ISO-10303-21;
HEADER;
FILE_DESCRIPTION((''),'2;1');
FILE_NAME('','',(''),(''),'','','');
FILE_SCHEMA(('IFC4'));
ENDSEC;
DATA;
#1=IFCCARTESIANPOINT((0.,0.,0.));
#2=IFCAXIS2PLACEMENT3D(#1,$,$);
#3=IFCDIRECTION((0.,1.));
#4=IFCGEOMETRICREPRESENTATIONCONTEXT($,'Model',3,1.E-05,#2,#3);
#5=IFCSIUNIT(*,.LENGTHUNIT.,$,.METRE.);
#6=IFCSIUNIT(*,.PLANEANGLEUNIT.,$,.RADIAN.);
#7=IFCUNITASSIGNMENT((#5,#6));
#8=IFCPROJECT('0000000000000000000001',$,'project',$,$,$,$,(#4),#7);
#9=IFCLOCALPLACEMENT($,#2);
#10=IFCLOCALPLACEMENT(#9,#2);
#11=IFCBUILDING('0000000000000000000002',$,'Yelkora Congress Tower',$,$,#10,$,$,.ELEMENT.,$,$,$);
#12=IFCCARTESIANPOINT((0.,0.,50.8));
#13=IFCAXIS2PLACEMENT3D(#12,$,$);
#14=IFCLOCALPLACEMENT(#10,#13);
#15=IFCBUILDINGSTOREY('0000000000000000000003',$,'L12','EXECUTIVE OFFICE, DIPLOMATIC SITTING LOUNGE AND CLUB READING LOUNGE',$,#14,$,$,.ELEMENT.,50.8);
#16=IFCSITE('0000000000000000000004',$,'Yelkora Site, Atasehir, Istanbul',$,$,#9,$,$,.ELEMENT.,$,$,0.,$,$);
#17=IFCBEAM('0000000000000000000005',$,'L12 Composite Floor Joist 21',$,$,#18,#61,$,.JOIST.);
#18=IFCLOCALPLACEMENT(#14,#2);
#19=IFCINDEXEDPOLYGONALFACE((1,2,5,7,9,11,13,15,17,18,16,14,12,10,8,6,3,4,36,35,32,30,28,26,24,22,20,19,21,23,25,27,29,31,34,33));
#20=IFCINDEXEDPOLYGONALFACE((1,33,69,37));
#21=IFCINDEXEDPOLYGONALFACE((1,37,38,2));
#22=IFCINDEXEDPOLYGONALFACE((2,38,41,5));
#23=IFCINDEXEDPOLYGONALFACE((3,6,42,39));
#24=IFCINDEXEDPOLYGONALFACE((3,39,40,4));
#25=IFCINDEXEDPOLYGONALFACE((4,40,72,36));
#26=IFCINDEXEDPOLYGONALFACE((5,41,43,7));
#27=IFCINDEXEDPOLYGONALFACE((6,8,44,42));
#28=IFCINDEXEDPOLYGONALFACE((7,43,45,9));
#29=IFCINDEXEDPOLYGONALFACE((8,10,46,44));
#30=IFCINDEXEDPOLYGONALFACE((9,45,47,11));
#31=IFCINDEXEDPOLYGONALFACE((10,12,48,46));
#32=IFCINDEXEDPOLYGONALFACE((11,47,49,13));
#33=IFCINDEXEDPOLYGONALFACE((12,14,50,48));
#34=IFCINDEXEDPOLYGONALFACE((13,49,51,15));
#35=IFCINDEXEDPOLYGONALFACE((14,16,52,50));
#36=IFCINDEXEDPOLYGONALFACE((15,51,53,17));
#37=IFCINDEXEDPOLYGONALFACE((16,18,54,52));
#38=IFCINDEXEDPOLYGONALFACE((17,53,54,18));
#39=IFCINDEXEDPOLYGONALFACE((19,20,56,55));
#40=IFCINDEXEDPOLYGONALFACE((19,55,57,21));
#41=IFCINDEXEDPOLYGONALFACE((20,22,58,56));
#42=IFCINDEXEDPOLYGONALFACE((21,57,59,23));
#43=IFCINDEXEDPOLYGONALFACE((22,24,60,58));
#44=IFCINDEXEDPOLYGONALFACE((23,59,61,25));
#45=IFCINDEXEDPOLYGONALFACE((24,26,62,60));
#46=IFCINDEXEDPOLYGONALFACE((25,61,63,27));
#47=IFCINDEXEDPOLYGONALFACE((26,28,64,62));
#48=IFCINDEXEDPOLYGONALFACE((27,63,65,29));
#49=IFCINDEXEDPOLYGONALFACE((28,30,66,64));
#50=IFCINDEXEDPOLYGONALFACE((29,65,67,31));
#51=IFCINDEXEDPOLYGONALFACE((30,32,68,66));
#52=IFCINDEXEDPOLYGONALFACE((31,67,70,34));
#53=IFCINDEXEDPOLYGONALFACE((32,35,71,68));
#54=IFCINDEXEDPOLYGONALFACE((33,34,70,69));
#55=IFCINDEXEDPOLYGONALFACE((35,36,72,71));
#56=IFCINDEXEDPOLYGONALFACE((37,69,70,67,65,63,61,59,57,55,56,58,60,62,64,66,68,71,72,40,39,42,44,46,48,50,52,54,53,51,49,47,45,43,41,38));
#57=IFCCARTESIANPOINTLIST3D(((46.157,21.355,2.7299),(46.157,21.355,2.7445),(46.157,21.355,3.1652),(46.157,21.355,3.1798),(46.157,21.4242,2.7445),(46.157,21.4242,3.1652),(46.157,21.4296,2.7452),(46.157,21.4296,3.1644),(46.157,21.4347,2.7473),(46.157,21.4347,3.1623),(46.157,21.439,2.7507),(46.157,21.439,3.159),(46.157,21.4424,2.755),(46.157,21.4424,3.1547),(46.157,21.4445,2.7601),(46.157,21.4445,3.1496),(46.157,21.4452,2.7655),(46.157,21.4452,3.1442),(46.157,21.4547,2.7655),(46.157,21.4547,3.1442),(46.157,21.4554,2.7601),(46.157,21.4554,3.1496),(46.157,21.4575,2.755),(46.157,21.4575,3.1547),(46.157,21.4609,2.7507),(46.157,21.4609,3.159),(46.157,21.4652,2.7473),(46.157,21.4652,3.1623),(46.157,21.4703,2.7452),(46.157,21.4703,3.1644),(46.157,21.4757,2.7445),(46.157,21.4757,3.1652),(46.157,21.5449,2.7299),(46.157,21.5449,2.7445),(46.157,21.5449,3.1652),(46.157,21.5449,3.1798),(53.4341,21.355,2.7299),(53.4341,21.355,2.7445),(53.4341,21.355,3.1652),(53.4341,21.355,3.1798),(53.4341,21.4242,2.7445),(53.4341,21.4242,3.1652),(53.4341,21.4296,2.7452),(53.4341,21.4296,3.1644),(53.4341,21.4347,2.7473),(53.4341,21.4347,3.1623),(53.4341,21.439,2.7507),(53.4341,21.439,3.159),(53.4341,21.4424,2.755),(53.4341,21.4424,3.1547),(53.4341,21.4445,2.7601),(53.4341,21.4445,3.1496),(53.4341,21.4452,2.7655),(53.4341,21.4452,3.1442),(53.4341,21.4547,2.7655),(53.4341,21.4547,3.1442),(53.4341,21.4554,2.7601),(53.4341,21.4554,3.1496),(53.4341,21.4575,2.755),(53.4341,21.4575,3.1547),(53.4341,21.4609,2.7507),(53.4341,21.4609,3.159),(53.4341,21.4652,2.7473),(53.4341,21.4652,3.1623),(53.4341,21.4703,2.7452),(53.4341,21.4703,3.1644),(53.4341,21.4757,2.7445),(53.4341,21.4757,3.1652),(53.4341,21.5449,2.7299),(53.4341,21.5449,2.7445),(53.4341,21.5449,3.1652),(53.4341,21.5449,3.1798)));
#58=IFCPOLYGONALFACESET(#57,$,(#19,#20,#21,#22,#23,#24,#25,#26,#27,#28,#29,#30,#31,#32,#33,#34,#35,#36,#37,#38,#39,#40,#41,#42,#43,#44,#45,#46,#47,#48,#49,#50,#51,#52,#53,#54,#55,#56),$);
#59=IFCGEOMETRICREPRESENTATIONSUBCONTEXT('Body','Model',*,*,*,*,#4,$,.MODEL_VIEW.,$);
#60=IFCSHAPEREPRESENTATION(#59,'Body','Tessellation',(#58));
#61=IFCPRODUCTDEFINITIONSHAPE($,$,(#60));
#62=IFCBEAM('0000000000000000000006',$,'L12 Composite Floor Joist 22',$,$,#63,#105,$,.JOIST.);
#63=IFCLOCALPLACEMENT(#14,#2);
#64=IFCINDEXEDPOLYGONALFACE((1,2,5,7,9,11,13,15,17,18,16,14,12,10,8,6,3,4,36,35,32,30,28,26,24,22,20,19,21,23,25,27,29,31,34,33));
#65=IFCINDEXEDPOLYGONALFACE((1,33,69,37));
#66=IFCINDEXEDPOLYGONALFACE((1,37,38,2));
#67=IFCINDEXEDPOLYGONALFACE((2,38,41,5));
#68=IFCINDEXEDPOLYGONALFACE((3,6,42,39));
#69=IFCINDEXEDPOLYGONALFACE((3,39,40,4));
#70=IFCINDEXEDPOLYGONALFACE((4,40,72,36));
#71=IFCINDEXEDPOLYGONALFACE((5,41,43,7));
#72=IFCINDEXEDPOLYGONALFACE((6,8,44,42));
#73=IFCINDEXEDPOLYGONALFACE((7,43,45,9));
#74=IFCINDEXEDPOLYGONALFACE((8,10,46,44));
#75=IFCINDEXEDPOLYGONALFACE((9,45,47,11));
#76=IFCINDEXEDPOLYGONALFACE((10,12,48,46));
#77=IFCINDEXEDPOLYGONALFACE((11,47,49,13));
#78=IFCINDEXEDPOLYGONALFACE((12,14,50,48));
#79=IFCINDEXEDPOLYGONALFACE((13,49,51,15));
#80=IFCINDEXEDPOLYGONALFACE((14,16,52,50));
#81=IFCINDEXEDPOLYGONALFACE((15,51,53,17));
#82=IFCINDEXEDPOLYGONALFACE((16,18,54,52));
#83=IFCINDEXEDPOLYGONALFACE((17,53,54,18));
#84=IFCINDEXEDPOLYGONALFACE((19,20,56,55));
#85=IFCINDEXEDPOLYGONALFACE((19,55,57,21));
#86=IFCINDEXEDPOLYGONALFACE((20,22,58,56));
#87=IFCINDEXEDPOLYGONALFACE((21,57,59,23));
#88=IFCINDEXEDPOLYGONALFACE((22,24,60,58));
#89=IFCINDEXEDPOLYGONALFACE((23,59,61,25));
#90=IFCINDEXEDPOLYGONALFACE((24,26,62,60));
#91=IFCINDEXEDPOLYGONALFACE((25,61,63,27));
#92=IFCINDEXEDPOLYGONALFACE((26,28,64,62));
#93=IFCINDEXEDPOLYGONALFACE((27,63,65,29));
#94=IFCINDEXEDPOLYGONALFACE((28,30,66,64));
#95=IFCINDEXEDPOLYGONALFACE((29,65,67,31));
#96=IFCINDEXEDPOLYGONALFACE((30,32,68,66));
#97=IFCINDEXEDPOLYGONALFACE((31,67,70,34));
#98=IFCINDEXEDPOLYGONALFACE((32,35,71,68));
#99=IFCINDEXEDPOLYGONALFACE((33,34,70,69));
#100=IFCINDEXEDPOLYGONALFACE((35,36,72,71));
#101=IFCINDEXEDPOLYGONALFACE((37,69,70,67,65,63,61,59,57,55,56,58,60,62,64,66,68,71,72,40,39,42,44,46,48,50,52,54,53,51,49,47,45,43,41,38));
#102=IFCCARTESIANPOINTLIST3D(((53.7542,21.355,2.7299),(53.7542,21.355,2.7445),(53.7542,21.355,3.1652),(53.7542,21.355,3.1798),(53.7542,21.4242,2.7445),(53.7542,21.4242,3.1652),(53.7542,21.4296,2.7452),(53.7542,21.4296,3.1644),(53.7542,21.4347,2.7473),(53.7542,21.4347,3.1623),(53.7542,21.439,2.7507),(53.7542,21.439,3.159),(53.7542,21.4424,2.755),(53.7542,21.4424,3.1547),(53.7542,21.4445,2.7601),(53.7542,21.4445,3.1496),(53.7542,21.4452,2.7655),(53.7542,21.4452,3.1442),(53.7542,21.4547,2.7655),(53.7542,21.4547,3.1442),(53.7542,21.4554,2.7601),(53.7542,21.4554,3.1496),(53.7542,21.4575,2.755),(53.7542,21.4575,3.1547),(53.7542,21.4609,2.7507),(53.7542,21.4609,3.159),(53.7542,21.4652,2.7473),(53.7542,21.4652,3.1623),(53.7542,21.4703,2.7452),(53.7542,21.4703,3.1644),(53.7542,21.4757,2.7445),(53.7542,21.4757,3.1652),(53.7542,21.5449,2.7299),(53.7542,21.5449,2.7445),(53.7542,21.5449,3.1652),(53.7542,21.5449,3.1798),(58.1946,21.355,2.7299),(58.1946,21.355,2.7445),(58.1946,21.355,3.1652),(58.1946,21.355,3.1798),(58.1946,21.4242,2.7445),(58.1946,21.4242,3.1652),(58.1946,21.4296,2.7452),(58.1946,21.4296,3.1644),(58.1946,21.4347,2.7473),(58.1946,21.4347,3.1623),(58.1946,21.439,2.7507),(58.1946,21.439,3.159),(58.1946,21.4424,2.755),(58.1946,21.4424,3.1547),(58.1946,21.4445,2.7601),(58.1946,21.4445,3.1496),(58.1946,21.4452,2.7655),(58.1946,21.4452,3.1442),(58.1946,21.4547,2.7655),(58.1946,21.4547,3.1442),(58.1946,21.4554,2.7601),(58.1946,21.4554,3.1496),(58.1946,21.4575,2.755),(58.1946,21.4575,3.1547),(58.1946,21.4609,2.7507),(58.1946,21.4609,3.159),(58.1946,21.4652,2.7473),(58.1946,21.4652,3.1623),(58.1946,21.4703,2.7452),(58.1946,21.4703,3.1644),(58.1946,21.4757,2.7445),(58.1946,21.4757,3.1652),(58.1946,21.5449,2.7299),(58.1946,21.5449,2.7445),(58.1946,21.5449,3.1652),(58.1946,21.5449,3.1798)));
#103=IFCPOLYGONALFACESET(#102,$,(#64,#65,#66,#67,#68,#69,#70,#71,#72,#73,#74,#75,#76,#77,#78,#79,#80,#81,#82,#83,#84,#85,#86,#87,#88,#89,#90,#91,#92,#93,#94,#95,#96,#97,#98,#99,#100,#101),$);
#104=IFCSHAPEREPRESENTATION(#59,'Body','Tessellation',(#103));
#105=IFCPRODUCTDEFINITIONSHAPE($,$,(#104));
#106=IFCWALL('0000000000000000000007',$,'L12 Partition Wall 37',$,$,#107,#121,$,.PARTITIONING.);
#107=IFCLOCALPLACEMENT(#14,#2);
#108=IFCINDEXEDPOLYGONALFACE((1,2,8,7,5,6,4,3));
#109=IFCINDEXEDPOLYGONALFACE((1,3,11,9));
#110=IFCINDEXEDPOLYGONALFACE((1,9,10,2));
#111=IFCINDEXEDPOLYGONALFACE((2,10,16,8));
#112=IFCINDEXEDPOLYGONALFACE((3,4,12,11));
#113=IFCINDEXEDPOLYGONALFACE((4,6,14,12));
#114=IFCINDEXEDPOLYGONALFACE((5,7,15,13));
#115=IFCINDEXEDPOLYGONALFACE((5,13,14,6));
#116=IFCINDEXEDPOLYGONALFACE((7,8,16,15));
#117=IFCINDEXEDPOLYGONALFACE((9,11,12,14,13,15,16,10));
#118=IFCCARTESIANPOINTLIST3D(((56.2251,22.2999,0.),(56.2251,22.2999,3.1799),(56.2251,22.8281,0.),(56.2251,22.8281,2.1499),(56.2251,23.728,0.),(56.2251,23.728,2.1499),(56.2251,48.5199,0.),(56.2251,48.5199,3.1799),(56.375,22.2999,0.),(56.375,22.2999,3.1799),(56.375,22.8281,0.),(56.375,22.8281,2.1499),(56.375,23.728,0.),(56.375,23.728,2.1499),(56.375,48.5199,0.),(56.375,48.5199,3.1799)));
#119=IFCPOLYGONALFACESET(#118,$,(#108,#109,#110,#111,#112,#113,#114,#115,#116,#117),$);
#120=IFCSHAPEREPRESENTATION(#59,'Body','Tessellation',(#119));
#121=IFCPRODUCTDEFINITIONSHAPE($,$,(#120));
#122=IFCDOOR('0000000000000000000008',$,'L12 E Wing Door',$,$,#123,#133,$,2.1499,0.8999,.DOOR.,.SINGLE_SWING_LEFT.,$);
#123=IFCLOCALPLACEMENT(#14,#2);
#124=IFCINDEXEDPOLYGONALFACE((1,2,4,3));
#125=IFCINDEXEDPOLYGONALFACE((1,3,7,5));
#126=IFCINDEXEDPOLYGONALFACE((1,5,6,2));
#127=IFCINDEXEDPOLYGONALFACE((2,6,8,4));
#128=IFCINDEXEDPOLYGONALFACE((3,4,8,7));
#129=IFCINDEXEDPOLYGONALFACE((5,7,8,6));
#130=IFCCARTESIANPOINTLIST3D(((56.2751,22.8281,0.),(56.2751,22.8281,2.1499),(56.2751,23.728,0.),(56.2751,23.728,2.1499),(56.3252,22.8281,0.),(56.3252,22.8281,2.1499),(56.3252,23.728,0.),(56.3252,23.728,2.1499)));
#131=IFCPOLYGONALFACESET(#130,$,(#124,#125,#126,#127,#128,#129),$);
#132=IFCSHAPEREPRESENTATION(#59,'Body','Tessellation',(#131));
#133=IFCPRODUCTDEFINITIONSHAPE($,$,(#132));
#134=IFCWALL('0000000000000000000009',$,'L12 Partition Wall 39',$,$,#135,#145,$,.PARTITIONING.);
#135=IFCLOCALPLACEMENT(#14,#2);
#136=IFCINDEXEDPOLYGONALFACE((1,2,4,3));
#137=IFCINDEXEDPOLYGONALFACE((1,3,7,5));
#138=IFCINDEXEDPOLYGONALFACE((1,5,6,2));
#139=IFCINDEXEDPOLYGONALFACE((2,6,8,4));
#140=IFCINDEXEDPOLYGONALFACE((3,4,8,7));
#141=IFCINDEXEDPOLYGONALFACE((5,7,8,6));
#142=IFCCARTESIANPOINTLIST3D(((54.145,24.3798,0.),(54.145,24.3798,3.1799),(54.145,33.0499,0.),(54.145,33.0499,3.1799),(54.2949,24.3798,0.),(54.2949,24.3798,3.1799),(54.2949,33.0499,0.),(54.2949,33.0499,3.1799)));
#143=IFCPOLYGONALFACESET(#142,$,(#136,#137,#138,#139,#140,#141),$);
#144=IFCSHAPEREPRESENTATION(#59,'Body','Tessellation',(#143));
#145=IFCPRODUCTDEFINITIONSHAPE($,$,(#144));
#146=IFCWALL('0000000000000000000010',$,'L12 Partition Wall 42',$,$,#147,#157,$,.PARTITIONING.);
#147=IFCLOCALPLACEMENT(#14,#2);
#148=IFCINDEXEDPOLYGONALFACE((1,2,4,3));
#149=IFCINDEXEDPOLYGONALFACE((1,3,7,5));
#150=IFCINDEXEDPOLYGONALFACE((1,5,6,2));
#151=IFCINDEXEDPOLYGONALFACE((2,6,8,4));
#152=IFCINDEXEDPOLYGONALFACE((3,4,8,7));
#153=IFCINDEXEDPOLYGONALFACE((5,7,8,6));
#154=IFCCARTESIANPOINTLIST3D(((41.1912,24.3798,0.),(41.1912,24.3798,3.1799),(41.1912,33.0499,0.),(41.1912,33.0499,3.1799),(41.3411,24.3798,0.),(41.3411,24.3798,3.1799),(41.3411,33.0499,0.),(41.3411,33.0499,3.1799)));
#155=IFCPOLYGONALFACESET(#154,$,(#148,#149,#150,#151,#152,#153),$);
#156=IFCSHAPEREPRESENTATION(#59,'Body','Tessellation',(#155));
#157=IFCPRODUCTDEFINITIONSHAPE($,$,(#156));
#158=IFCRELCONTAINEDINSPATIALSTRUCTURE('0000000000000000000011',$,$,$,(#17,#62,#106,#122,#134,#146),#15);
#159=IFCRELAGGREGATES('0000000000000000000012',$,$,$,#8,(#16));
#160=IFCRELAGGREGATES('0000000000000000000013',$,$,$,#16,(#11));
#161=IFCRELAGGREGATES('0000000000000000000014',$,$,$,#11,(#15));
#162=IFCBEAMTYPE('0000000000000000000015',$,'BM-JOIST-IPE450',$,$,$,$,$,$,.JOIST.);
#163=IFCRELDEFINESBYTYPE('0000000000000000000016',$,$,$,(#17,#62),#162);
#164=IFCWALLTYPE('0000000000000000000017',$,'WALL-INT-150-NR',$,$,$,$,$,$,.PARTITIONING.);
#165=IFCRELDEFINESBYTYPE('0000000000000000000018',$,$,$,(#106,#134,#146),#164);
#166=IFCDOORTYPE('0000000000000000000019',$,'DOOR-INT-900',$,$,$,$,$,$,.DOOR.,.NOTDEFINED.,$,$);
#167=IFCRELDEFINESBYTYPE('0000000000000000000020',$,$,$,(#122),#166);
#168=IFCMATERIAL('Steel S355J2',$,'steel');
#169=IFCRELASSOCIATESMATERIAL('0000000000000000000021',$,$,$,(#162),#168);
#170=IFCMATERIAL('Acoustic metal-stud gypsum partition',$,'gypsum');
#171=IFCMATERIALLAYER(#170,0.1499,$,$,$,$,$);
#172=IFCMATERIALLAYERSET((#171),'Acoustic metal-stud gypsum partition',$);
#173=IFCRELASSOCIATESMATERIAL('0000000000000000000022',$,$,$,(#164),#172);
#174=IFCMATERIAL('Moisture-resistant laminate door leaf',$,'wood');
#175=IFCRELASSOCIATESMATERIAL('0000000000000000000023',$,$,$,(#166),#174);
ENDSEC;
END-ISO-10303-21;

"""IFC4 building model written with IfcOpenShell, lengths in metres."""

from ifc_helpers import new_model, si_unit, direction, frame, frame_2d, origin, origin_2d, place, context, subcontext, project, spatial, rectangle, i_section, extrude, material, layer, layer_set, material_profile, profile_set, type_object, element, fill, save


model = new_model("IFC4")

# Units and contexts
model_context = context("Model", 3, precision=1e-05, world=origin(), true_north=direction((0.0, 1.0)))
body_context = subcontext(model_context, "Body", "Model", "MODEL_VIEW")
ifc_project = project(units=[si_unit("LENGTHUNIT", "METRE"), si_unit("PLANEANGLEUNIT", "RADIAN")], contexts=[model_context])

# Site, building, storey
site_placement = place(None, origin())
site = spatial("IfcSite", under=ifc_project, at=site_placement, Name="Yelkora Site, Atasehir, Istanbul", CompositionType="ELEMENT", RefElevation=0.0)
building_placement = place(site_placement, origin())
building = spatial("IfcBuilding", under=site, at=building_placement, Name="Yelkora Congress Tower", CompositionType="ELEMENT")
storey_placement = place(building_placement, frame((0.0, 0.0, 50.8)))
storey = spatial("IfcBuildingStorey", under=building, at=storey_placement, Name="L12", Description="EXECUTIVE OFFICE, DIPLOMATIC SITTING LOUNGE AND CLUB READING LOUNGE", CompositionType="ELEMENT", Elevation=50.8)

# Beams
ifc_material_1 = material(Name="Steel S355J2", Category="steel")
ifc_material_profile_1 = material_profile(ifc_material_1, i_section(OverallWidth=0.1899, OverallDepth=0.45, WebThickness=0.0095, FlangeThickness=0.0146, FilletRadius=0.021, at=origin_2d()), Name="IPE 450")
ifc_profile_set_1 = profile_set([ifc_material_profile_1], Name="Steel S355J2")
beam_type_1 = type_object("IfcBeamType", Name="BM-JOIST-IPE450", PredefinedType="JOIST", material=ifc_profile_set_1)
beam_1_placement = place(storey_placement, frame((46.157, 21.45, 2.9548), z_axis=(1.0, 0.0, 0.0), x_axis=(0.0, 1.0, 0.0)))
element("IfcBeam", 1, at=beam_1_placement, inside=storey, type_object=beam_type_1, Name="L12 Composite Floor Joist 21", PredefinedType="JOIST", context=body_context, shape_type="SweptSolid", body=[
    extrude(i_section(OverallWidth=0.1899, OverallDepth=0.45, WebThickness=0.0095, FlangeThickness=0.0146, FilletRadius=0.021, at=origin_2d()), origin(), (0.0, 0.0, 1.0), 7.2771),
])
beam_2_placement = place(storey_placement, frame((53.7542, 21.45, 2.9548), z_axis=(1.0, 0.0, 0.0), x_axis=(0.0, 1.0, 0.0)))
element("IfcBeam", 2, at=beam_2_placement, inside=storey, type_object=beam_type_1, Name="L12 Composite Floor Joist 22", PredefinedType="JOIST", context=body_context, shape_type="SweptSolid", body=[
    extrude(i_section(OverallWidth=0.1899, OverallDepth=0.45, WebThickness=0.0095, FlangeThickness=0.0146, FilletRadius=0.021, at=origin_2d()), origin(), (0.0, 0.0, 1.0), 4.4404),
])

# Wall, opening, door
ifc_material_2 = material(Name="Acoustic metal-stud gypsum partition", Category="gypsum")
ifc_layer_1 = layer(ifc_material_2, 0.1499)
ifc_layer_set_1 = layer_set([ifc_layer_1], Name="Acoustic metal-stud gypsum partition")
wall_type_1 = type_object("IfcWallType", Name="WALL-INT-150-NR", PredefinedType="PARTITIONING", material=ifc_layer_set_1)
wall_1_placement = place(storey_placement, frame((56.3, 22.3, 0.0), z_axis=(0.0, 0.0, 1.0), x_axis=(0.0, 1.0, 0.0)))
wall_1 = element("IfcWall", 3, at=wall_1_placement, inside=storey, type_object=wall_type_1, Name="L12 Partition Wall 37", PredefinedType="PARTITIONING", context=body_context, shape_type="SweptSolid", body=[
    extrude(rectangle(XDim=26.22, YDim=0.1499, at=frame_2d((13.1099, 0.0))), origin(), (0.0, 0.0, 1.0), 3.1799),
])
opening_1_placement = place(wall_1_placement, frame((0.5281, 0.0, 0.0)))
opening_1 = element("IfcOpeningElement", 4, at=opening_1_placement, cuts=wall_1, PredefinedType="OPENING", context=body_context, shape_type="SweptSolid", body=[
    extrude(rectangle(XDim=0.8999, YDim=2.1499, at=frame_2d((0.45, 1.075))), frame((0.0, 0.085, 0.0), z_axis=(0.0, -1.0, 0.0), x_axis=(1.0, 0.0, 0.0)), (0.0, 0.0, 1.0), 0.1699),
])
ifc_material_3 = material(Name="Moisture-resistant laminate door leaf", Category="wood")
door_type_1 = type_object("IfcDoorType", Name="DOOR-INT-900", OperationType="NOTDEFINED", PredefinedType="DOOR", material=ifc_material_3)
door_1_placement = place(opening_1_placement, origin())
door_1 = element("IfcDoor", 5, at=door_1_placement, inside=storey, type_object=door_type_1, Name="L12 E Wing Door", OperationType="SINGLE_SWING_LEFT", OverallHeight=2.1499, OverallWidth=0.8999, PredefinedType="DOOR", context=body_context, shape_type="SweptSolid", body=[
    extrude(rectangle(XDim=0.8999, YDim=2.1499, at=frame_2d((0.45, 1.075))), frame((0.0, 0.0249, 0.0), z_axis=(0.0, -1.0, 0.0), x_axis=(1.0, 0.0, 0.0)), (0.0, 0.0, 1.0), 0.05),
])
fill(opening_1, door_1)

# Walls
for number, where, z_axis, x_axis, name in (
    (6, (54.22, 24.3799, 0.0), (0.0, 0.0, 1.0), (0.0, 1.0, 0.0), "L12 Partition Wall 39"),
    (7, (41.2661, 24.3799, 0.0), (0.0, 0.0, 1.0), (0.0, 1.0, 0.0), "L12 Partition Wall 42"),
):
    element("IfcWall", number, at=place(storey_placement, frame(where, z_axis=z_axis, x_axis=x_axis)), inside=storey, type_object=wall_type_1, Name=name, PredefinedType="PARTITIONING", context=body_context, shape_type="SweptSolid", body=[
        extrude(rectangle(XDim=8.6702, YDim=0.1499, at=frame_2d((4.335, 0.0))), origin(), (0.0, 0.0, 1.0), 3.1799),
    ])

save(model, "model.ifc")
